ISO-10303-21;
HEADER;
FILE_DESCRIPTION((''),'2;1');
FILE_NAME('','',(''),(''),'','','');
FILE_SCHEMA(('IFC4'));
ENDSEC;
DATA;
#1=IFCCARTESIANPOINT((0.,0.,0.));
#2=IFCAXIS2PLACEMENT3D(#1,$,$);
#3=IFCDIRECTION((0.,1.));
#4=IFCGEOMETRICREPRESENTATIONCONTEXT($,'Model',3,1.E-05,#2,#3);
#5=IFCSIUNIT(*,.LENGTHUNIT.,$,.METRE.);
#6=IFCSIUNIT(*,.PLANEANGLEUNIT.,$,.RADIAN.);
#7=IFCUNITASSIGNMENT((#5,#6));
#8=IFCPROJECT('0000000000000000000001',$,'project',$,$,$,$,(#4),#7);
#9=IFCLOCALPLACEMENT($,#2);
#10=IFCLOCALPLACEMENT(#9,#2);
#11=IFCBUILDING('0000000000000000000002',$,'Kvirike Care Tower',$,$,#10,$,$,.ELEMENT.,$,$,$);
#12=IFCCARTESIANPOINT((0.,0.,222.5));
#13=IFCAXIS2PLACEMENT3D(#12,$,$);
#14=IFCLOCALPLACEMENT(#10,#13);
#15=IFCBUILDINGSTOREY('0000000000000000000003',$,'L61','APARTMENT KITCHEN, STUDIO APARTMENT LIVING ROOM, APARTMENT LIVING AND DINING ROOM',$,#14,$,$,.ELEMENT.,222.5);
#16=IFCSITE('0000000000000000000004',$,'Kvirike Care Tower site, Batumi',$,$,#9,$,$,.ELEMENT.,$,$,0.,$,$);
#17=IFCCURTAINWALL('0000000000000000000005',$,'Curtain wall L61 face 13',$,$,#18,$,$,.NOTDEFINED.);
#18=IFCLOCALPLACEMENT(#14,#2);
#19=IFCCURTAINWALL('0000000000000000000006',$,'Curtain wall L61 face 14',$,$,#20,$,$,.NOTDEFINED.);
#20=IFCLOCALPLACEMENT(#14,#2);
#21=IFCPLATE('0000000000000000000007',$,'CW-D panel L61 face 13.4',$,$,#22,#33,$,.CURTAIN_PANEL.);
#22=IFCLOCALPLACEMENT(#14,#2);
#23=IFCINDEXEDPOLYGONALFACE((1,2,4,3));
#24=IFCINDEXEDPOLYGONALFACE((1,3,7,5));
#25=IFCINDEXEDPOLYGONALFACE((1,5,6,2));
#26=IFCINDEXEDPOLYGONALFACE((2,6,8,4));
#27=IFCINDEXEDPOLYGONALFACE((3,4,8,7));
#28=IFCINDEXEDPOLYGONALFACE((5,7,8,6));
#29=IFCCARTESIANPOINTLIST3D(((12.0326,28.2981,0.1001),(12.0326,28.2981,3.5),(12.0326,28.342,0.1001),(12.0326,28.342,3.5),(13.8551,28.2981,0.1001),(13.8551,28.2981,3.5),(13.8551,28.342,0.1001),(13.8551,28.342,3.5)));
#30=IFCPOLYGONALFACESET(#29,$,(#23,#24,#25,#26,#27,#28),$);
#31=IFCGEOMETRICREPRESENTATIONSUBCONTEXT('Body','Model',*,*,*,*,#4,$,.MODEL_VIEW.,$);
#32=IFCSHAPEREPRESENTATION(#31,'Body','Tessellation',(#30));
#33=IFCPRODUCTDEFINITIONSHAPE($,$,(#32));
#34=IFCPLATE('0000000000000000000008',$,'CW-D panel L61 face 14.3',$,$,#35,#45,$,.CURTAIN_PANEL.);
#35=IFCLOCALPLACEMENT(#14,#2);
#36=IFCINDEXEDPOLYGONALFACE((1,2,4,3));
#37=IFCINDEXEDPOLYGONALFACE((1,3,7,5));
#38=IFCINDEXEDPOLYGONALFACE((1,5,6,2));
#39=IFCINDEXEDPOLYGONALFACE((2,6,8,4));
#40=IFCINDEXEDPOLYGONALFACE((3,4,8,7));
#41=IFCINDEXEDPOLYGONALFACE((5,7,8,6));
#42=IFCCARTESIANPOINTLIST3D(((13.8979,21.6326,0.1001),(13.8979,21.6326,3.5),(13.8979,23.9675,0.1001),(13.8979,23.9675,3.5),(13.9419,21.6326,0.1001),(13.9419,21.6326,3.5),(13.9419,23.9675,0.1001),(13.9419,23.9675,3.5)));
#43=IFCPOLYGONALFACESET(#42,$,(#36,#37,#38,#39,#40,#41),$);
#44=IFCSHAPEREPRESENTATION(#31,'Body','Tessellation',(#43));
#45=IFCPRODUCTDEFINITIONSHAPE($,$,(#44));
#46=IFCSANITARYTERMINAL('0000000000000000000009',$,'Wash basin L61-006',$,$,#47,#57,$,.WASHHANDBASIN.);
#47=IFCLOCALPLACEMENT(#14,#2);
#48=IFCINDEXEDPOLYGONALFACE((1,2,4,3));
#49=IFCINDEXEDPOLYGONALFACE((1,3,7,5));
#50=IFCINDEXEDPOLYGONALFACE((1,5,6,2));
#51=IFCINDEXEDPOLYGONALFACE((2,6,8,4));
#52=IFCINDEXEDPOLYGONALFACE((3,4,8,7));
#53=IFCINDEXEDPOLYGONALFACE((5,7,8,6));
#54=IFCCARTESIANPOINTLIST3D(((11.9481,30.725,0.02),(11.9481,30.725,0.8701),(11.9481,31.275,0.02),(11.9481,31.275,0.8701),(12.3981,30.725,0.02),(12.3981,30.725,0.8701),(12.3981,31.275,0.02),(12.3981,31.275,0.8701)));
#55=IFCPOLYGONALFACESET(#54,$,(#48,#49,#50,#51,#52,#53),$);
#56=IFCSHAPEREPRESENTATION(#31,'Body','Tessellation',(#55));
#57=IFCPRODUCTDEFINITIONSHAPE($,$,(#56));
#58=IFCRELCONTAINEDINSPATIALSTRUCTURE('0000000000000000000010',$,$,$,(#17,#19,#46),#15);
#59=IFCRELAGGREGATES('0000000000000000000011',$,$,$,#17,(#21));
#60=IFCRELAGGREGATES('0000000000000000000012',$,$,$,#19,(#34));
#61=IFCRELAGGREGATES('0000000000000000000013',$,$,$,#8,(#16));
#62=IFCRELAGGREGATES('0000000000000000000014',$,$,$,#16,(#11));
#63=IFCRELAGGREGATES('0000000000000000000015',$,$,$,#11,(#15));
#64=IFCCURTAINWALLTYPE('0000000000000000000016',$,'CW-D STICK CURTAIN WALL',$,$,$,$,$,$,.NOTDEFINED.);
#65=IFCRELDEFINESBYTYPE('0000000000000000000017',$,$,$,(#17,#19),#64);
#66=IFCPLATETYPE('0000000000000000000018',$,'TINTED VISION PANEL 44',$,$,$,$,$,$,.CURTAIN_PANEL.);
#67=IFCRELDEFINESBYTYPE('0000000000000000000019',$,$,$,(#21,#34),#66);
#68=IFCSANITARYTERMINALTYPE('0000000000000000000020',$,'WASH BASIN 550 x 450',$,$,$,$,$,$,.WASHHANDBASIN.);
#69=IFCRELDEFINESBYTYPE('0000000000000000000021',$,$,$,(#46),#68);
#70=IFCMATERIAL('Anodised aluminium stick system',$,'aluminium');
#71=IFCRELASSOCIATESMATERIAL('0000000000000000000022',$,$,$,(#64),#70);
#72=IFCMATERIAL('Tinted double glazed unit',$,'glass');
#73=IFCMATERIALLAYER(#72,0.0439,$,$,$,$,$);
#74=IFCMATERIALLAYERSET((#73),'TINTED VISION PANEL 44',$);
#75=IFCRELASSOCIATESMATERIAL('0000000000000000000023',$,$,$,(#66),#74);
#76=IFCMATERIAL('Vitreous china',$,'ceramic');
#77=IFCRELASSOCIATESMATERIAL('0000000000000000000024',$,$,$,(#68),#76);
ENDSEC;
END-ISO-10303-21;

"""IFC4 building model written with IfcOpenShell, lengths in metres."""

from ifc_helpers import new_model, si_unit, direction, frame, origin, origin_2d, place, context, subcontext, project, spatial, rectangle, extrude, material, layer, layer_set, type_object, element, aggregate, save


model = new_model("IFC4")

# Units and contexts
model_context = context("Model", 3, precision=1e-05, world=origin(), true_north=direction((0.0, 1.0)))
body_context = subcontext(model_context, "Body", "Model", "MODEL_VIEW")
ifc_project = project(units=[si_unit("LENGTHUNIT", "METRE"), si_unit("PLANEANGLEUNIT", "RADIAN")], contexts=[model_context])

# Site, building, storey
site_placement = place(None, origin())
site = spatial("IfcSite", under=ifc_project, at=site_placement, Name="Kvirike Care Tower site, Batumi", CompositionType="ELEMENT", RefElevation=0.0)
building_placement = place(site_placement, origin())
building = spatial("IfcBuilding", under=site, at=building_placement, Name="Kvirike Care Tower", CompositionType="ELEMENT")
storey_placement = place(building_placement, frame((0.0, 0.0, 222.5)))
storey = spatial("IfcBuildingStorey", under=building, at=storey_placement, Name="L61", Description="APARTMENT KITCHEN, STUDIO APARTMENT LIVING ROOM, APARTMENT LIVING AND DINING ROOM", CompositionType="ELEMENT", Elevation=222.5)

# Curtain walls
ifc_material_1 = material(Name="Anodised aluminium stick system", Category="aluminium")
curtain_wall_type = type_object("IfcCurtainWallType", Name="CW-D STICK CURTAIN WALL", PredefinedType="NOTDEFINED", material=ifc_material_1)
curtain_wall_1_placement = place(storey_placement, origin())
curtain_wall_1 = element("IfcCurtainWall", 1, at=curtain_wall_1_placement, inside=storey, type_object=curtain_wall_type, Name="Curtain wall L61 face 13", PredefinedType="NOTDEFINED")
curtain_wall_2_placement = place(storey_placement, origin())
curtain_wall_2 = element("IfcCurtainWall", 2, at=curtain_wall_2_placement, inside=storey, type_object=curtain_wall_type, Name="Curtain wall L61 face 14", PredefinedType="NOTDEFINED")

# Plates
ifc_material_2 = material(Name="Tinted double glazed unit", Category="glass")
ifc_layer = layer(ifc_material_2, 0.0439)
ifc_layer_set = layer_set([ifc_layer], Name="TINTED VISION PANEL 44")
plate_type = type_object("IfcPlateType", Name="TINTED VISION PANEL 44", PredefinedType="CURTAIN_PANEL", material=ifc_layer_set)
plate_1_placement = place(storey_placement, frame((12.9438, 28.3201, 0.1001), z_axis=(0.0, 0.0, 1.0), x_axis=(1.0, 0.0, 0.0)))
plate_1 = element("IfcPlate", 3, at=plate_1_placement, type_object=plate_type, Name="CW-D panel L61 face 13.4", PredefinedType="CURTAIN_PANEL", context=body_context, shape_type="SweptSolid", body=[
    extrude(rectangle(XDim=1.8225, YDim=0.0439, at=origin_2d()), origin(), (0.0, 0.0, 1.0), 3.3999),
])
aggregate(curtain_wall_1, [plate_1])
plate_2_placement = place(storey_placement, frame((13.9199, 22.8, 0.1001), z_axis=(0.0, 0.0, 1.0), x_axis=(0.0, -1.0, 0.0)))
plate_2 = element("IfcPlate", 4, at=plate_2_placement, type_object=plate_type, Name="CW-D panel L61 face 14.3", PredefinedType="CURTAIN_PANEL", context=body_context, shape_type="SweptSolid", body=[
    extrude(rectangle(XDim=2.335, YDim=0.0439, at=origin_2d()), origin(), (0.0, 0.0, 1.0), 3.3999),
])
aggregate(curtain_wall_2, [plate_2])

# Sanitary terminal
ifc_material_3 = material(Name="Vitreous china", Category="ceramic")
sanitary_terminal_type = type_object("IfcSanitaryTerminalType", Name="WASH BASIN 550 x 450", PredefinedType="WASHHANDBASIN", material=ifc_material_3)
sanitary_terminal_placement = place(storey_placement, frame((12.1731, 31.0, 0.02), z_axis=(0.0, 0.0, 1.0), x_axis=(0.0, -1.0, 0.0)))
element("IfcSanitaryTerminal", 5, at=sanitary_terminal_placement, inside=storey, type_object=sanitary_terminal_type, Name="Wash basin L61-006", PredefinedType="WASHHANDBASIN", context=body_context, shape_type="SweptSolid", body=[
    extrude(rectangle(XDim=0.55, YDim=0.45, at=origin_2d()), origin(), (0.0, 0.0, 1.0), 0.8501),
])

save(model, "model.ifc")
